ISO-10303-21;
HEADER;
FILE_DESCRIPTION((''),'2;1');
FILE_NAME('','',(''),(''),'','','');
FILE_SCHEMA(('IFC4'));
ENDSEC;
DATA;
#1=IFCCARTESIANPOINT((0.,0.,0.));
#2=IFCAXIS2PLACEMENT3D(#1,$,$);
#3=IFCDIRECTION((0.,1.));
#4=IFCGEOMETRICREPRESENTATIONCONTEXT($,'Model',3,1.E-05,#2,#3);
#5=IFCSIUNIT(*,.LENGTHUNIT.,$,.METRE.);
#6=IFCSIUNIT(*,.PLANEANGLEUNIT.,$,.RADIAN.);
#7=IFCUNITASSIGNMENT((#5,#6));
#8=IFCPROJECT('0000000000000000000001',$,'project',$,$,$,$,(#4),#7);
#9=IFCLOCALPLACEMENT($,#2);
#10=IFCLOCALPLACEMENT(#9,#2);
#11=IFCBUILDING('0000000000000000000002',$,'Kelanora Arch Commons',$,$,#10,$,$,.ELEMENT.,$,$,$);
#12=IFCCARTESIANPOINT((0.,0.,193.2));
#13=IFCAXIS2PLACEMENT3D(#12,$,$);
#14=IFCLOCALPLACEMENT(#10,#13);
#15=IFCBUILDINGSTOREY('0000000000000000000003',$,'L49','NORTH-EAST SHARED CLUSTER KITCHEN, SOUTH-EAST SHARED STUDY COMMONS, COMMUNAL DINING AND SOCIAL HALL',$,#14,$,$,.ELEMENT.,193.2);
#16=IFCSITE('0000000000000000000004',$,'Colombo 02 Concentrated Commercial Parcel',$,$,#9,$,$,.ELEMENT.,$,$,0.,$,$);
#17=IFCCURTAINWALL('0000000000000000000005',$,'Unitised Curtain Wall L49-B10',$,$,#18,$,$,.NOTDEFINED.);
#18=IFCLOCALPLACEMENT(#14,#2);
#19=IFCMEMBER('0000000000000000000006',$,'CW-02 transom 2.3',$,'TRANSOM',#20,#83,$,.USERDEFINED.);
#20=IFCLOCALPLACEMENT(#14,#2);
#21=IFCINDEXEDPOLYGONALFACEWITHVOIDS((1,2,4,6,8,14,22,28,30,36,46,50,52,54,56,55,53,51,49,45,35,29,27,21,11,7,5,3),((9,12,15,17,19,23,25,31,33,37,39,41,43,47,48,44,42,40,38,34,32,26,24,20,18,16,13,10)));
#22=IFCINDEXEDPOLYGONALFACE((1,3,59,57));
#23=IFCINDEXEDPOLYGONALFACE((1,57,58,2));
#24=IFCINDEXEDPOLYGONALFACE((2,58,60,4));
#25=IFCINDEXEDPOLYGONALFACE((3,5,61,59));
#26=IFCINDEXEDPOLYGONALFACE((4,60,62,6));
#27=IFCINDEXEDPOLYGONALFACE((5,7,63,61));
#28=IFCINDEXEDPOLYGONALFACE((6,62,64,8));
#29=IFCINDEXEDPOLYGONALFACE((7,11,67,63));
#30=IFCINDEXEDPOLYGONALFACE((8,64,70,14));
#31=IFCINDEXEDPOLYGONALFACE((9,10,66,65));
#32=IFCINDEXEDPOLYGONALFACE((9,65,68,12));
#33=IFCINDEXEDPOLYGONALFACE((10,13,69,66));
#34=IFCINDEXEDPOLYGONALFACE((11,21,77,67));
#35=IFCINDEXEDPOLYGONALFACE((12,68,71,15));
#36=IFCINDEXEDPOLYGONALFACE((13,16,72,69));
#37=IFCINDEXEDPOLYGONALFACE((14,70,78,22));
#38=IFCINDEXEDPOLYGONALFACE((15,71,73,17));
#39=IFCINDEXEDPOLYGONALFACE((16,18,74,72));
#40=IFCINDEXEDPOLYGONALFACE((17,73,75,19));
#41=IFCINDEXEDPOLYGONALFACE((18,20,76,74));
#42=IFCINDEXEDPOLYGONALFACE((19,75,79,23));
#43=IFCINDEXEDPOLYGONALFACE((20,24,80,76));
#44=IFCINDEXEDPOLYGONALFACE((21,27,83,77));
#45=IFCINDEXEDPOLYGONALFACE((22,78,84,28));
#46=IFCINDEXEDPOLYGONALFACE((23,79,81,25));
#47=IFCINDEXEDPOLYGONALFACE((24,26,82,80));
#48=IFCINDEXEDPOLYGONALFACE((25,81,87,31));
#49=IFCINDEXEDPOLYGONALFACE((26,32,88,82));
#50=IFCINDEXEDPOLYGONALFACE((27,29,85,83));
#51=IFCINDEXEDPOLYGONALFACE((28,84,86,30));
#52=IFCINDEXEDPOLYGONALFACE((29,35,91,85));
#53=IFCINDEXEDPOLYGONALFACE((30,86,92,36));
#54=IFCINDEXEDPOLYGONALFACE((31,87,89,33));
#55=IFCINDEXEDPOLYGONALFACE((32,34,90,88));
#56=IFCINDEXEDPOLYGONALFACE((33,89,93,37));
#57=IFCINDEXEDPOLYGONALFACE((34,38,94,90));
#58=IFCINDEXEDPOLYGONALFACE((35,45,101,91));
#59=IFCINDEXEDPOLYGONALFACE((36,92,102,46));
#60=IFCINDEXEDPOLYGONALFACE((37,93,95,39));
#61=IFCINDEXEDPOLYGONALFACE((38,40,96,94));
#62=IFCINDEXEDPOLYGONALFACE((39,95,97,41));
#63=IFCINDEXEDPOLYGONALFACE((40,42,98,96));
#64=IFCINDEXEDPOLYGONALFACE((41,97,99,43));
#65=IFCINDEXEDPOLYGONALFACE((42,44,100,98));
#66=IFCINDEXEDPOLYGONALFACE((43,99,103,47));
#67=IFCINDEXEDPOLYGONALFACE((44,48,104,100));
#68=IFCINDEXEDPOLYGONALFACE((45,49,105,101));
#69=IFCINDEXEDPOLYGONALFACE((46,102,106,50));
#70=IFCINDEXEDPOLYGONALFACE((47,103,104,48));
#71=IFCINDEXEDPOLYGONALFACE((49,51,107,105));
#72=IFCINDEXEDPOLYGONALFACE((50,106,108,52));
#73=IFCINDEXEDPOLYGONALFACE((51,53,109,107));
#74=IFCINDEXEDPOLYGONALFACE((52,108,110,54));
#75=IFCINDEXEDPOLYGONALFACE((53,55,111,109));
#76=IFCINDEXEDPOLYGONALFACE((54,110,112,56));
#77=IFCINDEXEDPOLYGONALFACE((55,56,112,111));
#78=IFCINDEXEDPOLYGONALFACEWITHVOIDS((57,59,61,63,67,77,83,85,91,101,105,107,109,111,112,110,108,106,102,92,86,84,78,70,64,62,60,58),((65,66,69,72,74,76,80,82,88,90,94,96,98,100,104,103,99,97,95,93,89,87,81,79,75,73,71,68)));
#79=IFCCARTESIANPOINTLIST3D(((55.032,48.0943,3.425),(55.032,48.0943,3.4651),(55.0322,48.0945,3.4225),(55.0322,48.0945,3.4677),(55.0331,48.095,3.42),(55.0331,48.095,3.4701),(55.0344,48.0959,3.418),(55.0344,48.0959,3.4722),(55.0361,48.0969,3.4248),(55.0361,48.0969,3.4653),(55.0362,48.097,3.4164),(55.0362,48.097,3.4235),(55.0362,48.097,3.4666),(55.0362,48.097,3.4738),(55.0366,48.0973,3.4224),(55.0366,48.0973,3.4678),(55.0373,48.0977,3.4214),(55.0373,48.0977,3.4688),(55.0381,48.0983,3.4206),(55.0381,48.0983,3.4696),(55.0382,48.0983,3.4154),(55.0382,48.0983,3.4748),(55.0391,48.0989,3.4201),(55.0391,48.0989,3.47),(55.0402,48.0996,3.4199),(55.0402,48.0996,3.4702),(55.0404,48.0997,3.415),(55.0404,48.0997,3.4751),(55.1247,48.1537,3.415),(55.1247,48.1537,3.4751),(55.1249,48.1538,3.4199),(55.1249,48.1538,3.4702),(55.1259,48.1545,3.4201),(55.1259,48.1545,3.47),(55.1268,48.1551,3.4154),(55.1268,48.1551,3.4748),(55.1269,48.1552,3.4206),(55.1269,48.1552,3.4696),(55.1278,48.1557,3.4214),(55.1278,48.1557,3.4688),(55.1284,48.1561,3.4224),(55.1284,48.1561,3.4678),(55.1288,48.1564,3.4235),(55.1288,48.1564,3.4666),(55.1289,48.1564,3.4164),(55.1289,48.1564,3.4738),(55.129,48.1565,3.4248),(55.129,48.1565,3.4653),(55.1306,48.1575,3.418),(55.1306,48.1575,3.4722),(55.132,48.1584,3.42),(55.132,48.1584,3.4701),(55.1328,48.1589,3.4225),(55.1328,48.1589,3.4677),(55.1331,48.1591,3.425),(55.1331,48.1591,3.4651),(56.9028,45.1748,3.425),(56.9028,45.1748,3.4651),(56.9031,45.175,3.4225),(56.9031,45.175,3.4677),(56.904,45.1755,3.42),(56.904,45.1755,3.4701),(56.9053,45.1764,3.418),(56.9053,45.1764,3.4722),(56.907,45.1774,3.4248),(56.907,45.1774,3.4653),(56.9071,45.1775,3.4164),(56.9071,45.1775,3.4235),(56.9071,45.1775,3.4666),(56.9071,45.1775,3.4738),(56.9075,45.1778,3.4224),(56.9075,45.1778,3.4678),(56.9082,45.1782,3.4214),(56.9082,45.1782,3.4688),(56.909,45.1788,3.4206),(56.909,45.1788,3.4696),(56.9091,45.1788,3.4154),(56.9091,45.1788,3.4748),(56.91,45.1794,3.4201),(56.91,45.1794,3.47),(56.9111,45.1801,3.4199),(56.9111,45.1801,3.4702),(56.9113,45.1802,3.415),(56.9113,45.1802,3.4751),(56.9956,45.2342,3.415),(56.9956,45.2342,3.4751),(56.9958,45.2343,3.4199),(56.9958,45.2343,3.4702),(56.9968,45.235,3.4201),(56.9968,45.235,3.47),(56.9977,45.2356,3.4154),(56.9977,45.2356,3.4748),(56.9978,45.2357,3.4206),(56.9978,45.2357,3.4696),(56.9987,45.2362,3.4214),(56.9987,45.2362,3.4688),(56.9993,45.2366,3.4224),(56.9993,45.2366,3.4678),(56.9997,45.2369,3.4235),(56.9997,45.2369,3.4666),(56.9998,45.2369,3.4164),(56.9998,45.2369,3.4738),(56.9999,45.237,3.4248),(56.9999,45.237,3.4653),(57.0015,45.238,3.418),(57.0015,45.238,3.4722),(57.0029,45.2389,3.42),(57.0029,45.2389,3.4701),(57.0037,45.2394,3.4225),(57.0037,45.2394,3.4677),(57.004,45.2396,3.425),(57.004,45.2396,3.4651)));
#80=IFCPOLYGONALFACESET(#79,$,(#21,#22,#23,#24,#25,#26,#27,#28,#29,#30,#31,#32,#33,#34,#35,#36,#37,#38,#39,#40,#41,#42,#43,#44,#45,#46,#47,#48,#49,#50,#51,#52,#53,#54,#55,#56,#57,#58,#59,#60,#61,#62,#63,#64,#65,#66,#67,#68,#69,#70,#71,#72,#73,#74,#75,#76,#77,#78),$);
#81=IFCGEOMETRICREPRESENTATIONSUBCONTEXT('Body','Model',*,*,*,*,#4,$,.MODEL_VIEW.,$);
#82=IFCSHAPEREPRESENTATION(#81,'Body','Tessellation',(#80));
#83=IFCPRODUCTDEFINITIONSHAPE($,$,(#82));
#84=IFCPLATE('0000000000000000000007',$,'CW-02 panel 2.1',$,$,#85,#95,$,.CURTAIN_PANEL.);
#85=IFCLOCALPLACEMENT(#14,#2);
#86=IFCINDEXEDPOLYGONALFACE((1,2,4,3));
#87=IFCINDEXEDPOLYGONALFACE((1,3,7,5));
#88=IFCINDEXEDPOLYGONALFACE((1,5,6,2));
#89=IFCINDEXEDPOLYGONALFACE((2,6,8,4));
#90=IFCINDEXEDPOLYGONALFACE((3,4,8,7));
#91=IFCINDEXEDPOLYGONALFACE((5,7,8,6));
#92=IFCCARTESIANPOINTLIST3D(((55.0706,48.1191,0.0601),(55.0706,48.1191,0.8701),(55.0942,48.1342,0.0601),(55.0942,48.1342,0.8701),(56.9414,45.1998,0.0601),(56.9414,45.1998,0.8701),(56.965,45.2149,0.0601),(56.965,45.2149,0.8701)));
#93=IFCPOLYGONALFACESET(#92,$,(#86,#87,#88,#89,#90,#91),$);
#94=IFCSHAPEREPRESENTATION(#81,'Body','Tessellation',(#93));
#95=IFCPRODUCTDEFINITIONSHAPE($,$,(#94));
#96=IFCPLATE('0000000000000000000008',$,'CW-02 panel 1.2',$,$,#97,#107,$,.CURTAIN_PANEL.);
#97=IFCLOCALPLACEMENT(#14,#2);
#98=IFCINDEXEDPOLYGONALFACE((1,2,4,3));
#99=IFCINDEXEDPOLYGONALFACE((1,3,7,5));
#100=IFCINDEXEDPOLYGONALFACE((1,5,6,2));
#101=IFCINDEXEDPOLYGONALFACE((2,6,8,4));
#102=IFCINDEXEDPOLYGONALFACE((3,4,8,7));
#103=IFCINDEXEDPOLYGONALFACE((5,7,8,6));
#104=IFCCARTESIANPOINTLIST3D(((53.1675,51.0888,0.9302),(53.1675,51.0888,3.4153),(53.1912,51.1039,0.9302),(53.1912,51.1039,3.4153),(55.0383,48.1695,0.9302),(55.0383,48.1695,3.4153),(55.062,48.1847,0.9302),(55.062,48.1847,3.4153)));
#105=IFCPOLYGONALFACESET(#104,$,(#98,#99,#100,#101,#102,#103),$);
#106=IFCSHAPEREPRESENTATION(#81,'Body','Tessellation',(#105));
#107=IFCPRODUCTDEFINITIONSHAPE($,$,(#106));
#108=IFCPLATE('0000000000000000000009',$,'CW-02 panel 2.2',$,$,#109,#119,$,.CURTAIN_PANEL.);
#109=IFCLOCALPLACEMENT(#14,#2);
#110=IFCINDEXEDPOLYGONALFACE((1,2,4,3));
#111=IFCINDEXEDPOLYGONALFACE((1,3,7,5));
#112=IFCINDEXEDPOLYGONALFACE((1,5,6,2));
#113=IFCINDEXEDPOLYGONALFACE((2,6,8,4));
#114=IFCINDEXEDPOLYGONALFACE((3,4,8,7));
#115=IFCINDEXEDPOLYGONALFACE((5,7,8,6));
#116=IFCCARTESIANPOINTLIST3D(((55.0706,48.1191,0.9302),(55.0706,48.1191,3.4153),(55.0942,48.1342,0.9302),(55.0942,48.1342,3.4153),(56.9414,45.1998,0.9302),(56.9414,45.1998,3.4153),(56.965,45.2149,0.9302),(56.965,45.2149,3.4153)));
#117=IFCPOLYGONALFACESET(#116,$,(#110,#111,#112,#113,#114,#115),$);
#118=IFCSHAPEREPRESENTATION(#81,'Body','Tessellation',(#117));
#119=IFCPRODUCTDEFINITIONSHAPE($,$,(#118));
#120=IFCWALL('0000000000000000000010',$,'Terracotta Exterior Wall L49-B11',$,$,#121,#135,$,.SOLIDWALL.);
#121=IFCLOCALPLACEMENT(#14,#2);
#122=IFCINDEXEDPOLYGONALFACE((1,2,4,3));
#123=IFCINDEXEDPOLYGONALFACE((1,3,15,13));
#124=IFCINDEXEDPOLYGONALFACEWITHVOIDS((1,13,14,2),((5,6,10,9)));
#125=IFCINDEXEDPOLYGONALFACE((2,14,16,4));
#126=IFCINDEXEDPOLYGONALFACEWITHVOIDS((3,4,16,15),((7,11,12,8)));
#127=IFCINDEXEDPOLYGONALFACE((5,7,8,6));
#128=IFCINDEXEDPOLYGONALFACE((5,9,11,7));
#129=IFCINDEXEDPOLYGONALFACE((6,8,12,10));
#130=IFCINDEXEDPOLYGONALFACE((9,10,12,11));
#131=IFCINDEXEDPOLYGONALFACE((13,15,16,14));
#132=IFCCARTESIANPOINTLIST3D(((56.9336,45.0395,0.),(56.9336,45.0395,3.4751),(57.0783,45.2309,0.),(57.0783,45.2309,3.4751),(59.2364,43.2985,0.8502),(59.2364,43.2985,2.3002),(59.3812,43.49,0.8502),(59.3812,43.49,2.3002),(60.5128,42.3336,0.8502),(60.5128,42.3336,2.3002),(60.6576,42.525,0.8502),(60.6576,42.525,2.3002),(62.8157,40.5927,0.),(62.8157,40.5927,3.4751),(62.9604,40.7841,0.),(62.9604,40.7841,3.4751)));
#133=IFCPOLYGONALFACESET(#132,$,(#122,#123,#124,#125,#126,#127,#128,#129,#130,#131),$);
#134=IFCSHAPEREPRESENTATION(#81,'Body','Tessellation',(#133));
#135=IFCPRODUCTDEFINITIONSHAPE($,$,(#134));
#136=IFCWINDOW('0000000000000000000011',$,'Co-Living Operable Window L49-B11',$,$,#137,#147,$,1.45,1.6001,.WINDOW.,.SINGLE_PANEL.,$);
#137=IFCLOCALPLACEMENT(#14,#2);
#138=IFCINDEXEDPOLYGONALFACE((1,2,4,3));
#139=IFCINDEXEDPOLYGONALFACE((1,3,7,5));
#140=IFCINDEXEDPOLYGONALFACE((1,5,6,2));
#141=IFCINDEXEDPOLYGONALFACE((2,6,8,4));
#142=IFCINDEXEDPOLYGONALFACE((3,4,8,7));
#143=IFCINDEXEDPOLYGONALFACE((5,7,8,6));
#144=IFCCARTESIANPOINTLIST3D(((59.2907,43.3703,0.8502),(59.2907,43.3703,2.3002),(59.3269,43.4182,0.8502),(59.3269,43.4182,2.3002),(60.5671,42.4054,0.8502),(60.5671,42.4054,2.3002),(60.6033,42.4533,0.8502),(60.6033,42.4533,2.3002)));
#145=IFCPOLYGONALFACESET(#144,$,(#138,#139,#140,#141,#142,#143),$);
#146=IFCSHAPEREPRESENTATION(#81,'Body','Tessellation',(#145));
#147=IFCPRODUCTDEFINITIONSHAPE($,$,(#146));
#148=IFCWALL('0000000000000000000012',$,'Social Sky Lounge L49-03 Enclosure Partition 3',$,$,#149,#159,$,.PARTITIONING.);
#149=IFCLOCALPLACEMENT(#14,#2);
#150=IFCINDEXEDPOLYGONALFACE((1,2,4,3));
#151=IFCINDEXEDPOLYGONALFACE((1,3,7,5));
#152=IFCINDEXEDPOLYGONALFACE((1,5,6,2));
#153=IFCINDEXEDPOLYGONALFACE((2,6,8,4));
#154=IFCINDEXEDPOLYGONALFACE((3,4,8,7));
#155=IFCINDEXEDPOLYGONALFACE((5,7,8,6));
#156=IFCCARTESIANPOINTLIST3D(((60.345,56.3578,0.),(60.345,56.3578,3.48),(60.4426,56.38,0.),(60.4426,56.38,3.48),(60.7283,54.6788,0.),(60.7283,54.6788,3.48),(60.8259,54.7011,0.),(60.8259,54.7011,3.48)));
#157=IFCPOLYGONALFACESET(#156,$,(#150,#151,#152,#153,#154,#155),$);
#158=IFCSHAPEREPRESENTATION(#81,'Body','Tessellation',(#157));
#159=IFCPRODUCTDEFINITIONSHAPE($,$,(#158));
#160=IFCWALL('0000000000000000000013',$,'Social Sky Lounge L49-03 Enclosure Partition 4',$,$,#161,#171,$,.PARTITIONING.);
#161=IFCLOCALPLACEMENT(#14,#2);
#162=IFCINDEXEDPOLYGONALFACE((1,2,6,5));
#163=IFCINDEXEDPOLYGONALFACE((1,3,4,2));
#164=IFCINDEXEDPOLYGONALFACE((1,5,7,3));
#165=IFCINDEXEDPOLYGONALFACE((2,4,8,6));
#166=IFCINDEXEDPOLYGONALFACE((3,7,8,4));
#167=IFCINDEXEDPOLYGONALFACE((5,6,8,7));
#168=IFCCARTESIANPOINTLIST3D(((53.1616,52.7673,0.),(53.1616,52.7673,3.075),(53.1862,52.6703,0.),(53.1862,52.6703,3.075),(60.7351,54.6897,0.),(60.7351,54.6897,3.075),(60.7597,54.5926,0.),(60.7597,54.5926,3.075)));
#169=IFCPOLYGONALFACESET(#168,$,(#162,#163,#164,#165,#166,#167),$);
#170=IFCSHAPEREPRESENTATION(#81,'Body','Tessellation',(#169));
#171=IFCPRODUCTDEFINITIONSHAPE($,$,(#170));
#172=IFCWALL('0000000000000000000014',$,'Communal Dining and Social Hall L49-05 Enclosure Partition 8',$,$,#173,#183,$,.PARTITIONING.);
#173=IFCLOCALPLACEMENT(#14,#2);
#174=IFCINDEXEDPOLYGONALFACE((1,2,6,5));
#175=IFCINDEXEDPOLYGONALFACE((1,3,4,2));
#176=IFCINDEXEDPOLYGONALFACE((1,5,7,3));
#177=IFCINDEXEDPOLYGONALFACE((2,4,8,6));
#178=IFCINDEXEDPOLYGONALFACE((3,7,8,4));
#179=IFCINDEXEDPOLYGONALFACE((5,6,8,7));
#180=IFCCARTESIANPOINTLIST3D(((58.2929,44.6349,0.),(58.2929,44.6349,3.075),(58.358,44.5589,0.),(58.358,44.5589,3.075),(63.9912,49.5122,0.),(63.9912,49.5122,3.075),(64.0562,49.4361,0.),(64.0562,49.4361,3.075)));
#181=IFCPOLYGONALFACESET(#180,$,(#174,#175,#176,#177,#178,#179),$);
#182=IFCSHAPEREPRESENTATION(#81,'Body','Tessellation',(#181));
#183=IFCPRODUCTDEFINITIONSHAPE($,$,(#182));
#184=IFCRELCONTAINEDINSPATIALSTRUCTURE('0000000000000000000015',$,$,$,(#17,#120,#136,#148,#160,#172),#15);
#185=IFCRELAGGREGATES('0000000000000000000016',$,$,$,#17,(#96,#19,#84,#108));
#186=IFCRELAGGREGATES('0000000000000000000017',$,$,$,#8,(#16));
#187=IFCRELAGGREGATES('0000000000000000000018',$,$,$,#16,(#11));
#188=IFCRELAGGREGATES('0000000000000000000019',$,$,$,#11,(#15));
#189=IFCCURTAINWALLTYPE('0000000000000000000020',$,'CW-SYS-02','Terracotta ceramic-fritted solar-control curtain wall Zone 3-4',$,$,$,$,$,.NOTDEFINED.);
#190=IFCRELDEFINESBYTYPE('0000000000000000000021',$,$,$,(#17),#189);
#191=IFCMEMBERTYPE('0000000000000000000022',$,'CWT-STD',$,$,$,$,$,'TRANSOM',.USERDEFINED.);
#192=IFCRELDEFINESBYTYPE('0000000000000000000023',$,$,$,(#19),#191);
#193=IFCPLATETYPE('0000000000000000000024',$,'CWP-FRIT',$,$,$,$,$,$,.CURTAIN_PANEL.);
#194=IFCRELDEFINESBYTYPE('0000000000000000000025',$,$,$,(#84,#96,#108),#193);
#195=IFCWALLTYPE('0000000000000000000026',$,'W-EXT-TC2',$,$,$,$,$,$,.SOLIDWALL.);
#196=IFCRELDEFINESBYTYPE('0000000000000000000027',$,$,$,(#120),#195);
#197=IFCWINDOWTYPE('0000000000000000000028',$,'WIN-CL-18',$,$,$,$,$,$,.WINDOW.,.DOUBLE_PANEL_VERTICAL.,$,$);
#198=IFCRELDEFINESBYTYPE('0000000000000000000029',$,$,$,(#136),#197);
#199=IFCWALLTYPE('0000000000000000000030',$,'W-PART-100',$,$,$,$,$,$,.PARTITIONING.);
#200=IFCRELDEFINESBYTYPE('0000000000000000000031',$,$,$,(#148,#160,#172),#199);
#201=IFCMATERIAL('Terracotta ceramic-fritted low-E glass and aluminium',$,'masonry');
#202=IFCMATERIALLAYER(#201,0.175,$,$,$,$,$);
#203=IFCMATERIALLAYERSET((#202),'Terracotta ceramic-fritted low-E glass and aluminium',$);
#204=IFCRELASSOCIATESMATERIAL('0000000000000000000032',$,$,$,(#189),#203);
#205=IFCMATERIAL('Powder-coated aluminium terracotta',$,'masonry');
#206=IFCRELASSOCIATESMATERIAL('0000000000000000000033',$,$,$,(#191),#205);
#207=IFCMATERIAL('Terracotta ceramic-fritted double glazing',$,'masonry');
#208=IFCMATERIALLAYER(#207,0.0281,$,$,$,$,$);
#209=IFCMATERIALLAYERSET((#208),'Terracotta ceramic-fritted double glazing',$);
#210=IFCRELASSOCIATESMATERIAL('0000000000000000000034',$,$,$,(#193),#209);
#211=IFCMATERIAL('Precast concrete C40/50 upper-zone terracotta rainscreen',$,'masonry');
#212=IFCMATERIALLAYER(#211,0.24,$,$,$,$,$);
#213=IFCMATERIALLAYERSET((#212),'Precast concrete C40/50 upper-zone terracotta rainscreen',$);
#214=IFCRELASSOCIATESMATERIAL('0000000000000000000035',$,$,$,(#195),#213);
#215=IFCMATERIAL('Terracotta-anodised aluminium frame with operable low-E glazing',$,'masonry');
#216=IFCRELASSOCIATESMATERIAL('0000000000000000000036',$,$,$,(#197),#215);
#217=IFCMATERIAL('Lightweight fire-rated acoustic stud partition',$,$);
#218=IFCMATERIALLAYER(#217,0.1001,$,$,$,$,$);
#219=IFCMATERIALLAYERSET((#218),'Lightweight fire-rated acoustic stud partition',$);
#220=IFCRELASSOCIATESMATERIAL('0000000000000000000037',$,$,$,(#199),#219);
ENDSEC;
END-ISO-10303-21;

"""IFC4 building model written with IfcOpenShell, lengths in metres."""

from ifc_helpers import new_model, si_unit, direction, frame, frame_2d, origin, origin_2d, place, context, subcontext, project, spatial, rectangle, hollow_rectangle, extrude, source, transform, mapped, material, layer, layer_set, material_profile, profile_set, type_object, element, fill, aggregate, save


model = new_model("IFC4")

# Units and contexts
model_context = context("Model", 3, precision=1e-05, world=origin(), true_north=direction((0.0, 1.0)))
body_context = subcontext(model_context, "Body", "Model", "MODEL_VIEW")
ifc_project = project(units=[si_unit("LENGTHUNIT", "METRE"), si_unit("PLANEANGLEUNIT", "RADIAN")], contexts=[model_context])

# Site, building, storey
site_placement = place(None, origin())
site = spatial("IfcSite", under=ifc_project, at=site_placement, Name="Colombo 02 Concentrated Commercial Parcel", CompositionType="ELEMENT", RefElevation=0.0)
building_placement = place(site_placement, origin())
building = spatial("IfcBuilding", under=site, at=building_placement, Name="Kelanora Arch Commons", CompositionType="ELEMENT")
storey_placement = place(building_placement, frame((0.0, 0.0, 193.2)))
storey = spatial("IfcBuildingStorey", under=building, at=storey_placement, Name="L49", Description="NORTH-EAST SHARED CLUSTER KITCHEN, SOUTH-EAST SHARED STUDY COMMONS, COMMUNAL DINING AND SOCIAL HALL", CompositionType="ELEMENT", Elevation=193.2)

# Curtain wall, member, plates
ifc_material_1 = material(Name="Terracotta ceramic-fritted low-E glass and aluminium", Category="masonry")
ifc_layer_1 = layer(ifc_material_1, 0.175)
ifc_layer_set_1 = layer_set([ifc_layer_1], Name="Terracotta ceramic-fritted low-E glass and aluminium")
curtain_wall_type = type_object("IfcCurtainWallType", Name="CW-SYS-02", Description="Terracotta ceramic-fritted solar-control curtain wall Zone 3-4", PredefinedType="NOTDEFINED", material=ifc_layer_set_1)
curtain_wall_placement = place(storey_placement, origin())
curtain_wall = element("IfcCurtainWall", 1, at=curtain_wall_placement, inside=storey, type_object=curtain_wall_type, Name="Unitised Curtain Wall L49-B10", PredefinedType="NOTDEFINED")
ifc_material_2 = material(Name="Powder-coated aluminium terracotta", Category="masonry")
ifc_material_profile_1 = material_profile(ifc_material_2, hollow_rectangle(XDim=0.1201, YDim=0.0601, WallThickness=0.0049, InnerFilletRadius=0.0049, OuterFilletRadius=0.01, at=origin_2d()), Name="CWT120x60")
ifc_profile_set_1 = profile_set([ifc_material_profile_1], Name="Powder-coated aluminium terracotta")
member_type_1 = type_object("IfcMemberType", Name="CWT-STD", ElementType="TRANSOM", PredefinedType="USERDEFINED", material=ifc_profile_set_1)
member_1_placement = place(storey_placement, frame((55.0825, 48.1267, 3.4451), z_axis=(0.539547, -0.841955, 0.0), x_axis=(0.841955, 0.539547, 0.0)))
member_1 = element("IfcMember", 2, at=member_1_placement, type_object=member_type_1, Name="CW-02 transom 2.3", ObjectType="TRANSOM", PredefinedType="USERDEFINED", context=body_context, shape_type="SweptSolid", body=[
    extrude(hollow_rectangle(XDim=0.1201, YDim=0.0601, WallThickness=0.0049, InnerFilletRadius=0.0049, OuterFilletRadius=0.01, at=origin_2d()), origin(), (0.0, 0.0, 1.0), 3.4675),
])
ifc_material_3 = material(Name="Terracotta ceramic-fritted double glazing", Category="masonry")
ifc_layer_2 = layer(ifc_material_3, 0.0281)
ifc_layer_set_2 = layer_set([ifc_layer_2], Name="Terracotta ceramic-fritted double glazing")
plate_type = type_object("IfcPlateType", Name="CWP-FRIT", PredefinedType="CURTAIN_PANEL", material=ifc_layer_set_2)
shared_shape_1 = source(origin(), body_context, "Body", "SweptSolid", [
    extrude(rectangle(XDim=3.4673, YDim=0.0281, at=origin_2d()), origin(), (0.0, 0.0, 1.0), 0.8101),
])
plate_1_placement = place(storey_placement, frame((56.0178, 46.667, 0.0601), z_axis=(0.0, 0.0, 1.0), x_axis=(0.539559, -0.841948, 0.0)))
plate_1 = element("IfcPlate", 3, at=plate_1_placement, type_object=plate_type, Name="CW-02 panel 2.1", PredefinedType="CURTAIN_PANEL", context=body_context, shape_type="MappedRepresentation", body=[
    mapped(shared_shape_1, transform((0.0, 0.0, 0.0), scale=1.0)),
])
shared_shape_2 = source(origin(), body_context, "Body", "SweptSolid", [
    extrude(rectangle(XDim=3.4673, YDim=0.0281, at=origin_2d()), origin(), (0.0, 0.0, 1.0), 2.4851),
])
plate_2_placement = place(storey_placement, frame((54.1147, 49.6367, 0.9302), z_axis=(0.0, 0.0, 1.0), x_axis=(0.539559, -0.841948, 0.0)))
plate_2 = element("IfcPlate", 4, at=plate_2_placement, type_object=plate_type, Name="CW-02 panel 1.2", PredefinedType="CURTAIN_PANEL", context=body_context, shape_type="MappedRepresentation", body=[
    mapped(shared_shape_2, transform((0.0, 0.0, 0.0), scale=1.0)),
])
plate_3_placement = place(storey_placement, frame((56.0178, 46.667, 0.9302), z_axis=(0.0, 0.0, 1.0), x_axis=(0.539559, -0.841948, 0.0)))
plate_3 = element("IfcPlate", 5, at=plate_3_placement, type_object=plate_type, Name="CW-02 panel 2.2", PredefinedType="CURTAIN_PANEL", context=body_context, shape_type="MappedRepresentation", body=[
    mapped(shared_shape_2, transform((0.0, 0.0, 0.0), scale=1.0)),
])
aggregate(curtain_wall, [plate_2, member_1, plate_1, plate_3])

# Wall, opening, window
ifc_material_4 = material(Name="Precast concrete C40/50 upper-zone terracotta rainscreen", Category="masonry")
ifc_layer_3 = layer(ifc_material_4, 0.24)
ifc_layer_set_3 = layer_set([ifc_layer_3], Name="Precast concrete C40/50 upper-zone terracotta rainscreen")
wall_type_1 = type_object("IfcWallType", Name="W-EXT-TC2", PredefinedType="SOLIDWALL", material=ifc_layer_set_3)
wall_1_placement = place(storey_placement, frame((57.0059, 45.1353, 0.0), z_axis=(0.0, 0.0, 1.0), x_axis=(0.797702, -0.603052, 0.0)))
wall_1 = element("IfcWall", 6, at=wall_1_placement, inside=storey, type_object=wall_type_1, Name="Terracotta Exterior Wall L49-B11", PredefinedType="SOLIDWALL", context=body_context, shape_type="SweptSolid", body=[
    extrude(rectangle(XDim=7.3738, YDim=0.24, at=frame_2d((3.687, 0.0))), origin(), (0.0, 0.0, 1.0), 3.4751),
])
opening_placement = place(wall_1_placement, frame((2.887, 0.0, 0.8501)))
opening = element("IfcOpeningElement", 7, at=opening_placement, cuts=wall_1, PredefinedType="OPENING", context=body_context, shape_type="SweptSolid", body=[
    extrude(rectangle(XDim=1.6001, YDim=1.45, at=frame_2d((0.8, 0.7251))), frame((0.0, 0.1299, 0.0), z_axis=(0.0, -1.0, 0.0), x_axis=(1.0, 0.0, 0.0)), (0.0, 0.0, 1.0), 0.26),
])
ifc_material_5 = material(Name="Terracotta-anodised aluminium frame with operable low-E glazing", Category="masonry")
window_type = type_object("IfcWindowType", Name="WIN-CL-18", PartitioningType="DOUBLE_PANEL_VERTICAL", PredefinedType="WINDOW", material=ifc_material_5)
window_placement = place(opening_placement, origin())
window = element("IfcWindow", 8, at=window_placement, inside=storey, type_object=window_type, Name="Co-Living Operable Window L49-B11", OverallHeight=1.45, OverallWidth=1.6001, PartitioningType="SINGLE_PANEL", PredefinedType="WINDOW", context=body_context, shape_type="SweptSolid", body=[
    extrude(rectangle(XDim=1.6001, YDim=1.45, at=frame_2d((0.8, 0.7251))), frame((0.0, 0.03, 0.0), z_axis=(0.0, -1.0, 0.0), x_axis=(1.0, 0.0, 0.0)), (0.0, 0.0, 1.0), 0.0601),
])
fill(opening, window)

# Walls
ifc_material_6 = material(Name="Lightweight fire-rated acoustic stud partition")
ifc_layer_4 = layer(ifc_material_6, 0.1001)
ifc_layer_set_4 = layer_set([ifc_layer_4], Name="Lightweight fire-rated acoustic stud partition")
wall_type_2 = type_object("IfcWallType", Name="W-PART-100", PredefinedType="PARTITIONING", material=ifc_layer_set_4)
wall_2_placement = place(storey_placement, frame((60.3938, 56.3689, 0.0), z_axis=(0.0, 0.0, 1.0), x_axis=(0.222571, -0.974917, 0.0)))
element("IfcWall", 9, at=wall_2_placement, inside=storey, type_object=wall_type_2, Name="Social Sky Lounge L49-03 Enclosure Partition 3", PredefinedType="PARTITIONING", context=body_context, shape_type="SweptSolid", body=[
    extrude(rectangle(XDim=1.7222, YDim=0.1001, at=frame_2d((0.8611, 0.0))), origin(), (0.0, 0.0, 1.0), 3.48),
])
wall_3_placement = place(storey_placement, frame((60.7473, 54.6411, 0.0), z_axis=(0.0, 0.0, 1.0), x_axis=(-0.969263, -0.246026, 0.0)))
element("IfcWall", 10, at=wall_3_placement, inside=storey, type_object=wall_type_2, Name="Social Sky Lounge L49-03 Enclosure Partition 4", PredefinedType="PARTITIONING", context=body_context, shape_type="SweptSolid", body=[
    extrude(rectangle(XDim=7.8137, YDim=0.1001, at=frame_2d((3.9067, 0.0))), origin(), (0.0, 0.0, 1.0), 3.075),
])
wall_4_placement = place(storey_placement, frame((58.3254, 44.5969, 0.0), z_axis=(0.0, 0.0, 1.0), x_axis=(0.759718, 0.650252, 0.0)))
element("IfcWall", 11, at=wall_4_placement, inside=storey, type_object=wall_type_2, Name="Communal Dining and Social Hall L49-05 Enclosure Partition 8", PredefinedType="PARTITIONING", context=body_context, shape_type="SweptSolid", body=[
    extrude(rectangle(XDim=7.5005, YDim=0.1001, at=frame_2d((3.7502, 0.0))), origin(), (0.0, 0.0, 1.0), 3.075),
])

save(model, "model.ifc")
